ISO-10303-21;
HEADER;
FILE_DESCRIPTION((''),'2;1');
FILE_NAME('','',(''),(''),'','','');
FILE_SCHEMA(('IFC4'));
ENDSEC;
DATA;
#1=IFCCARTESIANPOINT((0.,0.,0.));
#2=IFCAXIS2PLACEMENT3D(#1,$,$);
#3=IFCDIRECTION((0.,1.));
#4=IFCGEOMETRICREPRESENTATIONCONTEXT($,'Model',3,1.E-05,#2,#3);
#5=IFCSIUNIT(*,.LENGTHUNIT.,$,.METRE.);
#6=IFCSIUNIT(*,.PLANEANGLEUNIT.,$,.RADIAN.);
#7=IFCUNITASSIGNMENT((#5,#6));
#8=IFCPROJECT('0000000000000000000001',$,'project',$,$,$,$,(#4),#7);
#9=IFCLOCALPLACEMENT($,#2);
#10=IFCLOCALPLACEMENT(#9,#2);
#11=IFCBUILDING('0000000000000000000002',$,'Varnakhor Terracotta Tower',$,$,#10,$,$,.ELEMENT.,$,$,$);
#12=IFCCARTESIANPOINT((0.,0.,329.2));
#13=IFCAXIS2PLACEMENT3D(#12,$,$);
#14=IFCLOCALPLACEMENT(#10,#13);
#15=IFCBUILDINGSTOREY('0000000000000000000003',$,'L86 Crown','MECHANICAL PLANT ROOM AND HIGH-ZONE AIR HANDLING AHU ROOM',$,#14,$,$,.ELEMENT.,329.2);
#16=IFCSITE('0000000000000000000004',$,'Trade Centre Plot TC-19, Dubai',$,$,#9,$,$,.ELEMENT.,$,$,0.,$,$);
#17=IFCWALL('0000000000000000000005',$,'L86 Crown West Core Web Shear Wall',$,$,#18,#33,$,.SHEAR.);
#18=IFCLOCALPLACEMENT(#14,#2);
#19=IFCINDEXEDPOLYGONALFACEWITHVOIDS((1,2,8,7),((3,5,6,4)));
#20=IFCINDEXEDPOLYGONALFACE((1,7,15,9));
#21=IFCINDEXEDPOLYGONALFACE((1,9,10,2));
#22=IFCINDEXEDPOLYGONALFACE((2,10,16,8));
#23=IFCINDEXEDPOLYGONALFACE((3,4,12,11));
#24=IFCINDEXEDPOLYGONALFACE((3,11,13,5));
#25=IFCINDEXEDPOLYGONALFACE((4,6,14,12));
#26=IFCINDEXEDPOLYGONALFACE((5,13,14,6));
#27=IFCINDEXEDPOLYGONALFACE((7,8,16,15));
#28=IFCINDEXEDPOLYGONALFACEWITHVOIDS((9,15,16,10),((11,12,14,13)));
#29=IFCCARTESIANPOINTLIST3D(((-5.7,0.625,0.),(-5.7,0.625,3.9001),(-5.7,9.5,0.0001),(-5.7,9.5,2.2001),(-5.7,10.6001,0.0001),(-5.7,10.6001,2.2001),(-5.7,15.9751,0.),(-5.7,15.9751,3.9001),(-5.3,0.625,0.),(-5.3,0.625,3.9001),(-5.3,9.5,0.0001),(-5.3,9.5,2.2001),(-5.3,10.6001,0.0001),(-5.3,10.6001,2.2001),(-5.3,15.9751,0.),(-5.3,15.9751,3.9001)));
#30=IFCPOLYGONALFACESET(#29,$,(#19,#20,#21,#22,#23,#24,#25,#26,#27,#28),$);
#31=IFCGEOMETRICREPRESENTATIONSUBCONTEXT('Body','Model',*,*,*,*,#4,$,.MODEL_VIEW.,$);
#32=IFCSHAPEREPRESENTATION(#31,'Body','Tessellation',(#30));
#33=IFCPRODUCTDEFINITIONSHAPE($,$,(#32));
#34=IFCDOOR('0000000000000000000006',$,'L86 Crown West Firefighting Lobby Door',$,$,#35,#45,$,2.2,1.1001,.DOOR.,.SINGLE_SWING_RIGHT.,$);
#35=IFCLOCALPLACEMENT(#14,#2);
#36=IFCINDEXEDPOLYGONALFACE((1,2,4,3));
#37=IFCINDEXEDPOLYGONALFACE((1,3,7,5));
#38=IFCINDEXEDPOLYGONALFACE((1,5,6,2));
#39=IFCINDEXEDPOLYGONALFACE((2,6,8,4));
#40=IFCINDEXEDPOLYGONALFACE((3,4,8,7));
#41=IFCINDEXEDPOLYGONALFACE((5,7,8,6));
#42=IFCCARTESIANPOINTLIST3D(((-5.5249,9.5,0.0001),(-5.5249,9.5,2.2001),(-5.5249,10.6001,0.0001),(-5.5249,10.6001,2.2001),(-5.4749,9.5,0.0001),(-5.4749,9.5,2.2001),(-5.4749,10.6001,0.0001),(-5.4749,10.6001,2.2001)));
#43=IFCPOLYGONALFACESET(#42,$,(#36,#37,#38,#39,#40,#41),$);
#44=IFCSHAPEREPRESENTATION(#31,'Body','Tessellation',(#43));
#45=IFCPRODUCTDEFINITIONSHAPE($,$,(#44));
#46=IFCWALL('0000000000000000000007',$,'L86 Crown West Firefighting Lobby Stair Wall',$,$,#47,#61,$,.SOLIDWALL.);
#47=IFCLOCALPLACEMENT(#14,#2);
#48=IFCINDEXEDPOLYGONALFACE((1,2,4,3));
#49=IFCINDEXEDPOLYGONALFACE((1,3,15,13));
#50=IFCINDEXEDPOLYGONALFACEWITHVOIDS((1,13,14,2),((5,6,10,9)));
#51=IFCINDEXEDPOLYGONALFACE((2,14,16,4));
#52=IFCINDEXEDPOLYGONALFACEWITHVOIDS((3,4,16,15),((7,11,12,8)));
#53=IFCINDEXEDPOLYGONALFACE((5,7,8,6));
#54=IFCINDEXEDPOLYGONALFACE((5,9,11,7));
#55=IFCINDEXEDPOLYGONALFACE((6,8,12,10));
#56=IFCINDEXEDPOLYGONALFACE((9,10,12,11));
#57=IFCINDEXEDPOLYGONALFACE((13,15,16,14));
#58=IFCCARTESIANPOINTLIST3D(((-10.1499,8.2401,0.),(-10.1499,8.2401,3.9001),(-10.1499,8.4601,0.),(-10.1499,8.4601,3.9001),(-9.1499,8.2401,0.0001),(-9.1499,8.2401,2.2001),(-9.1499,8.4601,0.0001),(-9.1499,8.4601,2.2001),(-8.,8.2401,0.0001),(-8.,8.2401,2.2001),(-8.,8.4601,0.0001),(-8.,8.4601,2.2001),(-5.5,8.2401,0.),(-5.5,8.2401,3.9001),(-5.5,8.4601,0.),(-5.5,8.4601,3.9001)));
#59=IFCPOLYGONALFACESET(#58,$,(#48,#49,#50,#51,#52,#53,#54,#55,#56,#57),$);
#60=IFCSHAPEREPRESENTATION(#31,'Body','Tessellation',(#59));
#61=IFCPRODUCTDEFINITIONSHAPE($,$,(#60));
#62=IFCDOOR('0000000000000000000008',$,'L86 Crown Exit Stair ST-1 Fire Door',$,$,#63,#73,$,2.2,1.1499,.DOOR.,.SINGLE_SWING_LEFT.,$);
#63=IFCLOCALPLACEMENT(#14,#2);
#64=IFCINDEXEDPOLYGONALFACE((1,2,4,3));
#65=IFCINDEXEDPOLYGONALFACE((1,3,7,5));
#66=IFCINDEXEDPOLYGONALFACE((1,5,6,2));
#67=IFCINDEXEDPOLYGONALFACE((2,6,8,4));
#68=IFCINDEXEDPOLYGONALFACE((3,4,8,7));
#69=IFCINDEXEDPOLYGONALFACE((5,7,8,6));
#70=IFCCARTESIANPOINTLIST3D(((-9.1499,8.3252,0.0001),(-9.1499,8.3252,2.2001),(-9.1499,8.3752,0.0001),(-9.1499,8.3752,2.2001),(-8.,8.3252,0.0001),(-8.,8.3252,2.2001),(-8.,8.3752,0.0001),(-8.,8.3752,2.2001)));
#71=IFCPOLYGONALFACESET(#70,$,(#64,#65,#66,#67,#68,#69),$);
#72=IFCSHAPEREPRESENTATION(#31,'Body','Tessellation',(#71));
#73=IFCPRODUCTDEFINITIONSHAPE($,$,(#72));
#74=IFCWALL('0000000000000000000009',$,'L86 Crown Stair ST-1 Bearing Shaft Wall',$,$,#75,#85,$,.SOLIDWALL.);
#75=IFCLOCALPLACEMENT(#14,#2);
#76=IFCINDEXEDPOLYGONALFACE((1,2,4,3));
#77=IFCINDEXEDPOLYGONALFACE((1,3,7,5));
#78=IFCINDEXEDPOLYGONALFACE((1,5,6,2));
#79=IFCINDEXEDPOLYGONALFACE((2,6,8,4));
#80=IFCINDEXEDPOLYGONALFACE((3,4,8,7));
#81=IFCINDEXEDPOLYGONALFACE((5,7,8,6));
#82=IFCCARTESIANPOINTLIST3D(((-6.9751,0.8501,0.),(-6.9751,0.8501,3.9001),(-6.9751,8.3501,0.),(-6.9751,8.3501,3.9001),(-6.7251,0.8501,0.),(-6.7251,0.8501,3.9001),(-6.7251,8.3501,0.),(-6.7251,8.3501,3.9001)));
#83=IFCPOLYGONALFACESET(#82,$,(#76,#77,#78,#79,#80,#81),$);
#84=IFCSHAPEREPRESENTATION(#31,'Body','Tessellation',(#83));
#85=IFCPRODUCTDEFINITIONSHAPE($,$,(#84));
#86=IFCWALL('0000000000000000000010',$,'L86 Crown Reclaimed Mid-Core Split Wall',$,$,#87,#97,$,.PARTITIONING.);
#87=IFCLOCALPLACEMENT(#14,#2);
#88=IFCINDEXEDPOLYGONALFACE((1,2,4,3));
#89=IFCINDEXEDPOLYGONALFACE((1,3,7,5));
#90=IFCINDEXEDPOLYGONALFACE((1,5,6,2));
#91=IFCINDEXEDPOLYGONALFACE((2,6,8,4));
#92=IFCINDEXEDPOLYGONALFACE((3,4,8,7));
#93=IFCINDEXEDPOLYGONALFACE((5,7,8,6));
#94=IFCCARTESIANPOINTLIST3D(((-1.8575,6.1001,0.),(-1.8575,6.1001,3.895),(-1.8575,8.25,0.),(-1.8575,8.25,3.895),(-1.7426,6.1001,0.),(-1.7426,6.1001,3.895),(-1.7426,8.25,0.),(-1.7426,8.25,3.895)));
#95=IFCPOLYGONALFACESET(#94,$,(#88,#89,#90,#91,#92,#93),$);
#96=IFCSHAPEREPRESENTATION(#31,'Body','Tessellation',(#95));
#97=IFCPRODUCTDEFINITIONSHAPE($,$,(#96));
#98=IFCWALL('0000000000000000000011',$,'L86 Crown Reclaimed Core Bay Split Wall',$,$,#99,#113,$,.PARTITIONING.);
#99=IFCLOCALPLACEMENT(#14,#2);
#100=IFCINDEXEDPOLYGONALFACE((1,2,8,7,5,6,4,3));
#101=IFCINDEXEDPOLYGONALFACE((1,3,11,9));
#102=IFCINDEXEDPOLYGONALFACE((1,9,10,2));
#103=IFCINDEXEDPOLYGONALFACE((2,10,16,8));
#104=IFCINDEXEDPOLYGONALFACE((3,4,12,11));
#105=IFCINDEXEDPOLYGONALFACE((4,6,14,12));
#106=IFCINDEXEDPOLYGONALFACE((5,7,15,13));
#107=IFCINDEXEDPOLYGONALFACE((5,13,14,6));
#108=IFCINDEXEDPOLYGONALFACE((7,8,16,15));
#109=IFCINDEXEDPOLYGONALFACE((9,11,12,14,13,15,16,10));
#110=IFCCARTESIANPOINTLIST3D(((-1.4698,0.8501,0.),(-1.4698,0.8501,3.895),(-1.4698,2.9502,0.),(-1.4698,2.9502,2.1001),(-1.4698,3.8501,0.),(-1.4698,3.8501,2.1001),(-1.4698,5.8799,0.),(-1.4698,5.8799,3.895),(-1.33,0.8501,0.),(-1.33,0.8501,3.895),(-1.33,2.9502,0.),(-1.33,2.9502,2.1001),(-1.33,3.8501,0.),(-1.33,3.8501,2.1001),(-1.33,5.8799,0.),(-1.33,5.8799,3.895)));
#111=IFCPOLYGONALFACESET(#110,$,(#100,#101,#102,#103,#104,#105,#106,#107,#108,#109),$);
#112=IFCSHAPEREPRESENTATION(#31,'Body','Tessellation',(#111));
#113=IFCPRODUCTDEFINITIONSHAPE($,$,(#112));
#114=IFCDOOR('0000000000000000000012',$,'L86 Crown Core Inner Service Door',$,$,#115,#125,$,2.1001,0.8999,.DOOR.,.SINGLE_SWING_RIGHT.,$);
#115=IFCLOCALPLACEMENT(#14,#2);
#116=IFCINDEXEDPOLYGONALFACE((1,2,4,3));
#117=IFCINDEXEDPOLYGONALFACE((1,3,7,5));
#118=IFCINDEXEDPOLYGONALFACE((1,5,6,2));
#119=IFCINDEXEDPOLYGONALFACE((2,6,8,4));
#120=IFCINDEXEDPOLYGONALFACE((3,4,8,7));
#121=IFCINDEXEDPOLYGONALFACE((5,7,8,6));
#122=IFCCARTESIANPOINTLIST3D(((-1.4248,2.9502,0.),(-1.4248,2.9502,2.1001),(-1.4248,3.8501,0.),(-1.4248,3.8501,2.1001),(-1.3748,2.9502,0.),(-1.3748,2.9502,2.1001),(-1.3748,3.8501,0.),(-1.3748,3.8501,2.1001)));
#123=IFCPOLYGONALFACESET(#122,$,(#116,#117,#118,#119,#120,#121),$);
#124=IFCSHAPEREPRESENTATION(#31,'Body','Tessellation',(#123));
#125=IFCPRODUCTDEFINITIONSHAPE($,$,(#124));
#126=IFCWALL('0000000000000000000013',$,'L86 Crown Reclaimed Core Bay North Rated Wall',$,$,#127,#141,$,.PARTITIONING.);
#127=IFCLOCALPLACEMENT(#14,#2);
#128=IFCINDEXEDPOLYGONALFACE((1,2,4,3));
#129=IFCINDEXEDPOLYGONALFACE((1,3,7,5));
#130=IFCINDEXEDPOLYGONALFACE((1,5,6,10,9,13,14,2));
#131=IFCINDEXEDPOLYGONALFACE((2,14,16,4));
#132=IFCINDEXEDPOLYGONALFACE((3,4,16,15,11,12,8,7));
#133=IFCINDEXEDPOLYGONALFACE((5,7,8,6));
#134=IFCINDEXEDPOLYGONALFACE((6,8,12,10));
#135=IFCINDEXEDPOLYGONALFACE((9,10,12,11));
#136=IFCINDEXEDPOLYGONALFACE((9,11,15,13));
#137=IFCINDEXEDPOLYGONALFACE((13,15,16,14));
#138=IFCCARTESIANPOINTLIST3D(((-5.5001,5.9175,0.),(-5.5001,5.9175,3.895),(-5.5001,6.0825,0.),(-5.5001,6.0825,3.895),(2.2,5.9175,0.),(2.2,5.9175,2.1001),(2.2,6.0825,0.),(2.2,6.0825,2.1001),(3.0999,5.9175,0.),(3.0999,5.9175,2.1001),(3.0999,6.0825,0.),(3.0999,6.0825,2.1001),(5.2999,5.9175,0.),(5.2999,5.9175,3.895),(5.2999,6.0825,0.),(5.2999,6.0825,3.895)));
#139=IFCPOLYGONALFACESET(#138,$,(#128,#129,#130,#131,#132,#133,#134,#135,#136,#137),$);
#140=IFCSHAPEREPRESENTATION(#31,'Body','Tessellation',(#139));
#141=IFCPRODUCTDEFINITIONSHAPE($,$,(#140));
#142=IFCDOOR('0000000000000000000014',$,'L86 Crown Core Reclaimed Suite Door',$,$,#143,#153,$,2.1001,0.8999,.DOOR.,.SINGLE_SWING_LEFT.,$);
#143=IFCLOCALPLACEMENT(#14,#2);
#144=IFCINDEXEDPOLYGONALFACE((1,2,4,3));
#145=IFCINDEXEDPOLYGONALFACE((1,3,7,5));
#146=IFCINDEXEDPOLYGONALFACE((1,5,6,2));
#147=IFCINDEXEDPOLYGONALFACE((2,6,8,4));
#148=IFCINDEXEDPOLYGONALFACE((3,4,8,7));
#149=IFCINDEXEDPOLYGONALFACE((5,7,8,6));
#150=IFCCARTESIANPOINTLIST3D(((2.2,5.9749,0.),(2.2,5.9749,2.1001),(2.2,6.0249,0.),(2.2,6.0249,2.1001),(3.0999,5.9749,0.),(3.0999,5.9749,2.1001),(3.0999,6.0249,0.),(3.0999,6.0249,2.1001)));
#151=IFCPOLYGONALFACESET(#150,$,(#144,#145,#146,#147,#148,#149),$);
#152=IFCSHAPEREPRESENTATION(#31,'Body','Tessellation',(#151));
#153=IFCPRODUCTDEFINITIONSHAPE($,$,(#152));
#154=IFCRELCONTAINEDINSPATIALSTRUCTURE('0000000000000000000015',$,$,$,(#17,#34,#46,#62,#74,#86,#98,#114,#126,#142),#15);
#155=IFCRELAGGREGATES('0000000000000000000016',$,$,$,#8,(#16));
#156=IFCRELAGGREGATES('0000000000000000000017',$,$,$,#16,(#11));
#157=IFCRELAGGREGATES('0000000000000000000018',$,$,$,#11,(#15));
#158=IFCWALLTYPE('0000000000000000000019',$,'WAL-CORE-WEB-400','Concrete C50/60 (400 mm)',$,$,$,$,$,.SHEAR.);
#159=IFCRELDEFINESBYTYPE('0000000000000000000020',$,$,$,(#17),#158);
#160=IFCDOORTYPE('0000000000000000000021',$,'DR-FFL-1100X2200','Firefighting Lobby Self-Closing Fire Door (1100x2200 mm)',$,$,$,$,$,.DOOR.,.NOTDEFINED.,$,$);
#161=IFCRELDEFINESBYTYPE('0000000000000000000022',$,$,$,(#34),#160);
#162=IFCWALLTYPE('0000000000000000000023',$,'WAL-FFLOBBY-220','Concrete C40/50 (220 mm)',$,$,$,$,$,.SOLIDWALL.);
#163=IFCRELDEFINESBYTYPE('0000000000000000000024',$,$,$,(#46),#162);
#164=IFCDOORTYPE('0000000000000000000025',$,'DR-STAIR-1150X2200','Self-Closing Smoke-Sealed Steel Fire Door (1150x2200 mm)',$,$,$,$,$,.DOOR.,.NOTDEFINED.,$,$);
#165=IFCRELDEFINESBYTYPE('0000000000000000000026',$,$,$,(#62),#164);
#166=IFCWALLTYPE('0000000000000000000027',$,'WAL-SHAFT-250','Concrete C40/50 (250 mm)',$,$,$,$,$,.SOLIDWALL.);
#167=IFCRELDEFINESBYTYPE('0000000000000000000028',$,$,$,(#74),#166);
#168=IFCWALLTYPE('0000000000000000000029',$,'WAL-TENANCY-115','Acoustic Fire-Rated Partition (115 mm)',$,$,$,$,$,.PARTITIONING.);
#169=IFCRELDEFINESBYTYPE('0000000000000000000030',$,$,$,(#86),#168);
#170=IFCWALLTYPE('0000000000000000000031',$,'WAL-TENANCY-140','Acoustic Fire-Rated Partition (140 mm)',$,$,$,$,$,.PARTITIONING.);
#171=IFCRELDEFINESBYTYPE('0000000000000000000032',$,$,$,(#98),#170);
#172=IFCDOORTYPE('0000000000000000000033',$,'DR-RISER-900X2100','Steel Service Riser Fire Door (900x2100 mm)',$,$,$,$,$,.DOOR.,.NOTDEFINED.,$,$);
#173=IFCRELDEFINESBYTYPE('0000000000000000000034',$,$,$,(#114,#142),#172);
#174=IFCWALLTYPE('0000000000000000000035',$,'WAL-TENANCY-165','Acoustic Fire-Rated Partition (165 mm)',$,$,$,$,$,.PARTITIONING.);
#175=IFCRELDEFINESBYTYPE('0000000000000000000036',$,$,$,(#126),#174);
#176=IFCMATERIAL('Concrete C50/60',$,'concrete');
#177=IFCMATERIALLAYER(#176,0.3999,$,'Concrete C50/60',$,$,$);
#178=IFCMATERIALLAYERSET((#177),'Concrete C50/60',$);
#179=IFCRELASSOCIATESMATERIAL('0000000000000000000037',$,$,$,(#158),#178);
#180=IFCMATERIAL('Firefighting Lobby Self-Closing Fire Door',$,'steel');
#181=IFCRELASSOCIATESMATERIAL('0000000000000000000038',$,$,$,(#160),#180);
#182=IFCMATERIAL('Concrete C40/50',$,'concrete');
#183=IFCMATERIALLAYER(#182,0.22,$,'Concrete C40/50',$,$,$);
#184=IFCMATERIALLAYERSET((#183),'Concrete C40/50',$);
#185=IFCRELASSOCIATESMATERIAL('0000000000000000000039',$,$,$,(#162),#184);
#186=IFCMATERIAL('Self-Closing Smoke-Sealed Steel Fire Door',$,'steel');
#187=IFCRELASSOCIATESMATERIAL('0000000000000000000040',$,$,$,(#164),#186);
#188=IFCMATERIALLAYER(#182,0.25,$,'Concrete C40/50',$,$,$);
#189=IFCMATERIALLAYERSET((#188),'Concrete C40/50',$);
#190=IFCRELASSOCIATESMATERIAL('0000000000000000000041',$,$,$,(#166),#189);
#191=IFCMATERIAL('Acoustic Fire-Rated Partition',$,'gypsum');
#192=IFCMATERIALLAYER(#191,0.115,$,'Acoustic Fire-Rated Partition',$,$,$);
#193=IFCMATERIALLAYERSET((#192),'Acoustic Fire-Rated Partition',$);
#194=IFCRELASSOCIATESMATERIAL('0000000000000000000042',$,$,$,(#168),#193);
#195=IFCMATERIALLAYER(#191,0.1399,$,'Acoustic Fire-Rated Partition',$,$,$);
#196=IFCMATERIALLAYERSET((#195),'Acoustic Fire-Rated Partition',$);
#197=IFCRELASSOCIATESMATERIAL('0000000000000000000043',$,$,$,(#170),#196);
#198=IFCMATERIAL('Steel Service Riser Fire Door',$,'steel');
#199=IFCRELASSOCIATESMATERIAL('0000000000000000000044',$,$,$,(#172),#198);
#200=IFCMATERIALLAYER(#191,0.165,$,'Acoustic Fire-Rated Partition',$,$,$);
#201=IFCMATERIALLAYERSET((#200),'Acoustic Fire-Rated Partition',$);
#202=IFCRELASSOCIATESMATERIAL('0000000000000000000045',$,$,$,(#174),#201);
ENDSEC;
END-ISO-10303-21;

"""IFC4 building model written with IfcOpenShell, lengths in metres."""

from ifc_helpers import new_model, si_unit, direction, frame, frame_2d, origin, place, context, subcontext, project, spatial, rectangle, extrude, source, transform, mapped, material, layer, layer_set, type_object, type_shapes, element, fill, save


model = new_model("IFC4")

# Units and contexts
model_context = context("Model", 3, precision=1e-05, world=origin(), true_north=direction((0.0, 1.0)))
body_context = subcontext(model_context, "Body", "Model", "MODEL_VIEW")
ifc_project = project(units=[si_unit("LENGTHUNIT", "METRE"), si_unit("PLANEANGLEUNIT", "RADIAN")], contexts=[model_context])

# Site, building, storey
site_placement = place(None, origin())
site = spatial("IfcSite", under=ifc_project, at=site_placement, Name="Trade Centre Plot TC-19, Dubai", CompositionType="ELEMENT", RefElevation=0.0)
building_placement = place(site_placement, origin())
building = spatial("IfcBuilding", under=site, at=building_placement, Name="Varnakhor Terracotta Tower", CompositionType="ELEMENT")
storey_placement = place(building_placement, frame((0.0, 0.0, 329.2)))
storey = spatial("IfcBuildingStorey", under=building, at=storey_placement, Name="L86 Crown", Description="MECHANICAL PLANT ROOM AND HIGH-ZONE AIR HANDLING AHU ROOM", CompositionType="ELEMENT", Elevation=329.2)

# Shared definitions
ifc_material_1 = material(Name="Concrete C50/60", Category="concrete")

# Walls, openings, doors
ifc_layer_1 = layer(ifc_material_1, 0.3999, Name="Concrete C50/60")
ifc_layer_set_1 = layer_set([ifc_layer_1], Name="Concrete C50/60")
wall_type_1 = type_object("IfcWallType", Name="WAL-CORE-WEB-400", Description="Concrete C50/60 (400 mm)", PredefinedType="SHEAR", material=ifc_layer_set_1)
wall_1_placement = place(storey_placement, frame((-5.5, 0.625, 0.0), z_axis=(0.0, 0.0, 1.0), x_axis=(0.0, 1.0, 0.0)))
wall_1 = element("IfcWall", 1, at=wall_1_placement, inside=storey, type_object=wall_type_1, Name="L86 Crown West Core Web Shear Wall", PredefinedType="SHEAR", context=body_context, shape_type="SweptSolid", body=[
    extrude(rectangle(XDim=15.3501, YDim=0.3999, at=frame_2d((7.675, 0.0))), origin(), (0.0, 0.0, 1.0), 3.9001),
])
opening_1_placement = place(wall_1_placement, frame((8.875, 0.0, 0.0)))
opening_1 = element("IfcOpeningElement", 2, at=opening_1_placement, cuts=wall_1, PredefinedType="OPENING", context=body_context, shape_type="SweptSolid", body=[
    extrude(rectangle(XDim=1.1001, YDim=2.2, at=frame_2d((0.55, 1.1001))), frame((0.0, 0.21, 0.0), z_axis=(0.0, -1.0, 0.0), x_axis=(1.0, 0.0, 0.0)), (0.0, 0.0, 1.0), 0.4199),
])
ifc_material_2 = material(Name="Firefighting Lobby Self-Closing Fire Door", Category="steel")
door_type_1 = type_object("IfcDoorType", Name="DR-FFL-1100X2200", Description="Firefighting Lobby Self-Closing Fire Door (1100x2200 mm)", OperationType="NOTDEFINED", PredefinedType="DOOR", material=ifc_material_2)
shared_shape_1 = source(origin(), body_context, "Body", "SweptSolid", [
    extrude(rectangle(XDim=1.1001, YDim=2.2, at=frame_2d((0.55, 1.1001))), frame((0.0, 0.0249, 0.0), z_axis=(0.0, -1.0, 0.0), x_axis=(1.0, 0.0, 0.0)), (0.0, 0.0, 1.0), 0.05),
])
type_shapes(door_type_1, [shared_shape_1])
door_1_placement = place(opening_1_placement, origin())
door_1 = element("IfcDoor", 3, at=door_1_placement, inside=storey, type_object=door_type_1, Name="L86 Crown West Firefighting Lobby Door", OperationType="SINGLE_SWING_RIGHT", OverallHeight=2.2, OverallWidth=1.1001, PredefinedType="DOOR", context=body_context, shape_type="MappedRepresentation", body=[
    mapped(shared_shape_1, transform((0.0, 0.0, 0.0), scale=1.0)),
])
fill(opening_1, door_1)
ifc_material_3 = material(Name="Concrete C40/50", Category="concrete")
ifc_layer_2 = layer(ifc_material_3, 0.22, Name="Concrete C40/50")
ifc_layer_set_2 = layer_set([ifc_layer_2], Name="Concrete C40/50")
wall_type_2 = type_object("IfcWallType", Name="WAL-FFLOBBY-220", Description="Concrete C40/50 (220 mm)", PredefinedType="SOLIDWALL", material=ifc_layer_set_2)
wall_2_placement = place(storey_placement, frame((-5.5, 8.3501, 0.0), z_axis=(0.0, 0.0, 1.0), x_axis=(-1.0, 0.0, 0.0)))
wall_2 = element("IfcWall", 4, at=wall_2_placement, inside=storey, type_object=wall_type_2, Name="L86 Crown West Firefighting Lobby Stair Wall", PredefinedType="SOLIDWALL", context=body_context, shape_type="SweptSolid", body=[
    extrude(rectangle(XDim=4.6499, YDim=0.22, at=frame_2d((2.325, 0.0))), origin(), (0.0, 0.0, 1.0), 3.9001),
])
opening_2_placement = place(wall_2_placement, frame((2.5, 0.0, 0.0)))
opening_2 = element("IfcOpeningElement", 5, at=opening_2_placement, cuts=wall_2, PredefinedType="OPENING", context=body_context, shape_type="SweptSolid", body=[
    extrude(rectangle(XDim=1.1499, YDim=2.2, at=frame_2d((0.575, 1.1001))), frame((0.0, 0.1201, 0.0), z_axis=(0.0, -1.0, 0.0), x_axis=(1.0, 0.0, 0.0)), (0.0, 0.0, 1.0), 0.24),
])
ifc_material_4 = material(Name="Self-Closing Smoke-Sealed Steel Fire Door", Category="steel")
door_type_2 = type_object("IfcDoorType", Name="DR-STAIR-1150X2200", Description="Self-Closing Smoke-Sealed Steel Fire Door (1150x2200 mm)", OperationType="NOTDEFINED", PredefinedType="DOOR", material=ifc_material_4)
shared_shape_2 = source(origin(), body_context, "Body", "SweptSolid", [
    extrude(rectangle(XDim=1.1499, YDim=2.2, at=frame_2d((0.575, 1.1001))), frame((0.0, 0.0249, 0.0), z_axis=(0.0, -1.0, 0.0), x_axis=(1.0, 0.0, 0.0)), (0.0, 0.0, 1.0), 0.05),
])
type_shapes(door_type_2, [shared_shape_2])
door_2_placement = place(opening_2_placement, origin())
door_2 = element("IfcDoor", 6, at=door_2_placement, inside=storey, type_object=door_type_2, Name="L86 Crown Exit Stair ST-1 Fire Door", OperationType="SINGLE_SWING_LEFT", OverallHeight=2.2, OverallWidth=1.1499, PredefinedType="DOOR", context=body_context, shape_type="MappedRepresentation", body=[
    mapped(shared_shape_2, transform((0.0, 0.0, 0.0), scale=1.0)),
])
fill(opening_2, door_2)

# Walls
ifc_layer_3 = layer(ifc_material_3, 0.25, Name="Concrete C40/50")
ifc_layer_set_3 = layer_set([ifc_layer_3], Name="Concrete C40/50")
wall_type_3 = type_object("IfcWallType", Name="WAL-SHAFT-250", Description="Concrete C40/50 (250 mm)", PredefinedType="SOLIDWALL", material=ifc_layer_set_3)
wall_3_placement = place(storey_placement, frame((-6.8501, 0.8501, 0.0), z_axis=(0.0, 0.0, 1.0), x_axis=(0.0, 1.0, 0.0)))
element("IfcWall", 7, at=wall_3_placement, inside=storey, type_object=wall_type_3, Name="L86 Crown Stair ST-1 Bearing Shaft Wall", PredefinedType="SOLIDWALL", context=body_context, shape_type="SweptSolid", body=[
    extrude(rectangle(XDim=7.5, YDim=0.25, at=frame_2d((3.75, 0.0))), origin(), (0.0, 0.0, 1.0), 3.9001),
])
ifc_material_5 = material(Name="Acoustic Fire-Rated Partition", Category="gypsum")
ifc_layer_4 = layer(ifc_material_5, 0.115, Name="Acoustic Fire-Rated Partition")
ifc_layer_set_4 = layer_set([ifc_layer_4], Name="Acoustic Fire-Rated Partition")
wall_type_4 = type_object("IfcWallType", Name="WAL-TENANCY-115", Description="Acoustic Fire-Rated Partition (115 mm)", PredefinedType="PARTITIONING", material=ifc_layer_set_4)
wall_4_placement = place(storey_placement, frame((-1.8, 6.1001, 0.0), z_axis=(0.0, 0.0, 1.0), x_axis=(0.0, 1.0, 0.0)))
element("IfcWall", 8, at=wall_4_placement, inside=storey, type_object=wall_type_4, Name="L86 Crown Reclaimed Mid-Core Split Wall", PredefinedType="PARTITIONING", context=body_context, shape_type="SweptSolid", body=[
    extrude(rectangle(XDim=2.1499, YDim=0.115, at=frame_2d((1.075, 0.0))), origin(), (0.0, 0.0, 1.0), 3.895),
])

# Walls, openings, doors
ifc_layer_5 = layer(ifc_material_5, 0.1399, Name="Acoustic Fire-Rated Partition")
ifc_layer_set_5 = layer_set([ifc_layer_5], Name="Acoustic Fire-Rated Partition")
wall_type_5 = type_object("IfcWallType", Name="WAL-TENANCY-140", Description="Acoustic Fire-Rated Partition (140 mm)", PredefinedType="PARTITIONING", material=ifc_layer_set_5)
wall_5_placement = place(storey_placement, frame((-1.3999, 0.8501, 0.0), z_axis=(0.0, 0.0, 1.0), x_axis=(0.0, 1.0, 0.0)))
wall_5 = element("IfcWall", 9, at=wall_5_placement, inside=storey, type_object=wall_type_5, Name="L86 Crown Reclaimed Core Bay Split Wall", PredefinedType="PARTITIONING", context=body_context, shape_type="SweptSolid", body=[
    extrude(rectangle(XDim=5.0298, YDim=0.1399, at=frame_2d((2.5149, 0.0))), origin(), (0.0, 0.0, 1.0), 3.895),
])
opening_3_placement = place(wall_5_placement, frame((2.1001, 0.0, 0.0)))
opening_3 = element("IfcOpeningElement", 10, at=opening_3_placement, cuts=wall_5, PredefinedType="OPENING", context=body_context, shape_type="SweptSolid", body=[
    extrude(rectangle(XDim=0.8999, YDim=2.1001, at=frame_2d((0.45, 1.05))), frame((0.0, 0.0801, 0.0), z_axis=(0.0, -1.0, 0.0), x_axis=(1.0, 0.0, 0.0)), (0.0, 0.0, 1.0), 0.1599),
])
ifc_material_6 = material(Name="Steel Service Riser Fire Door", Category="steel")
door_type_3 = type_object("IfcDoorType", Name="DR-RISER-900X2100", Description="Steel Service Riser Fire Door (900x2100 mm)", OperationType="NOTDEFINED", PredefinedType="DOOR", material=ifc_material_6)
shared_shape_3 = source(origin(), body_context, "Body", "SweptSolid", [
    extrude(rectangle(XDim=0.8999, YDim=2.1001, at=frame_2d((0.45, 1.05))), frame((0.0, 0.0249, 0.0), z_axis=(0.0, -1.0, 0.0), x_axis=(1.0, 0.0, 0.0)), (0.0, 0.0, 1.0), 0.05),
])
type_shapes(door_type_3, [shared_shape_3])
door_3_placement = place(opening_3_placement, origin())
door_3 = element("IfcDoor", 11, at=door_3_placement, inside=storey, type_object=door_type_3, Name="L86 Crown Core Inner Service Door", OperationType="SINGLE_SWING_RIGHT", OverallHeight=2.1001, OverallWidth=0.8999, PredefinedType="DOOR", context=body_context, shape_type="MappedRepresentation", body=[
    mapped(shared_shape_3, transform((0.0, 0.0, 0.0), scale=1.0)),
])
fill(opening_3, door_3)
ifc_layer_6 = layer(ifc_material_5, 0.165, Name="Acoustic Fire-Rated Partition")
ifc_layer_set_6 = layer_set([ifc_layer_6], Name="Acoustic Fire-Rated Partition")
wall_type_6 = type_object("IfcWallType", Name="WAL-TENANCY-165", Description="Acoustic Fire-Rated Partition (165 mm)", PredefinedType="PARTITIONING", material=ifc_layer_set_6)
wall_6_placement = place(storey_placement, frame((-5.5, 6.0, 0.0), z_axis=(0.0, 0.0, 1.0), x_axis=(1.0, 0.0, 0.0)))
wall_6 = element("IfcWall", 12, at=wall_6_placement, inside=storey, type_object=wall_type_6, Name="L86 Crown Reclaimed Core Bay North Rated Wall", PredefinedType="PARTITIONING", context=body_context, shape_type="SweptSolid", body=[
    extrude(rectangle(XDim=10.8, YDim=0.165, at=frame_2d((5.3999, 0.0))), origin(), (0.0, 0.0, 1.0), 3.895),
])
opening_4_placement = place(wall_6_placement, frame((7.7, 0.0, 0.0)))
opening_4 = element("IfcOpeningElement", 13, at=opening_4_placement, cuts=wall_6, PredefinedType="OPENING", context=body_context, shape_type="SweptSolid", body=[
    extrude(rectangle(XDim=0.8999, YDim=2.1001, at=frame_2d((0.45, 1.05))), frame((0.0, 0.0925, 0.0), z_axis=(0.0, -1.0, 0.0), x_axis=(1.0, 0.0, 0.0)), (0.0, 0.0, 1.0), 0.1851),
])
door_4_placement = place(opening_4_placement, origin())
door_4 = element("IfcDoor", 14, at=door_4_placement, inside=storey, type_object=door_type_3, Name="L86 Crown Core Reclaimed Suite Door", OperationType="SINGLE_SWING_LEFT", OverallHeight=2.1001, OverallWidth=0.8999, PredefinedType="DOOR", context=body_context, shape_type="MappedRepresentation", body=[
    mapped(shared_shape_3, transform((0.0, 0.0, 0.0), scale=1.0)),
])
fill(opening_4, door_4)

save(model, "model.ifc")
